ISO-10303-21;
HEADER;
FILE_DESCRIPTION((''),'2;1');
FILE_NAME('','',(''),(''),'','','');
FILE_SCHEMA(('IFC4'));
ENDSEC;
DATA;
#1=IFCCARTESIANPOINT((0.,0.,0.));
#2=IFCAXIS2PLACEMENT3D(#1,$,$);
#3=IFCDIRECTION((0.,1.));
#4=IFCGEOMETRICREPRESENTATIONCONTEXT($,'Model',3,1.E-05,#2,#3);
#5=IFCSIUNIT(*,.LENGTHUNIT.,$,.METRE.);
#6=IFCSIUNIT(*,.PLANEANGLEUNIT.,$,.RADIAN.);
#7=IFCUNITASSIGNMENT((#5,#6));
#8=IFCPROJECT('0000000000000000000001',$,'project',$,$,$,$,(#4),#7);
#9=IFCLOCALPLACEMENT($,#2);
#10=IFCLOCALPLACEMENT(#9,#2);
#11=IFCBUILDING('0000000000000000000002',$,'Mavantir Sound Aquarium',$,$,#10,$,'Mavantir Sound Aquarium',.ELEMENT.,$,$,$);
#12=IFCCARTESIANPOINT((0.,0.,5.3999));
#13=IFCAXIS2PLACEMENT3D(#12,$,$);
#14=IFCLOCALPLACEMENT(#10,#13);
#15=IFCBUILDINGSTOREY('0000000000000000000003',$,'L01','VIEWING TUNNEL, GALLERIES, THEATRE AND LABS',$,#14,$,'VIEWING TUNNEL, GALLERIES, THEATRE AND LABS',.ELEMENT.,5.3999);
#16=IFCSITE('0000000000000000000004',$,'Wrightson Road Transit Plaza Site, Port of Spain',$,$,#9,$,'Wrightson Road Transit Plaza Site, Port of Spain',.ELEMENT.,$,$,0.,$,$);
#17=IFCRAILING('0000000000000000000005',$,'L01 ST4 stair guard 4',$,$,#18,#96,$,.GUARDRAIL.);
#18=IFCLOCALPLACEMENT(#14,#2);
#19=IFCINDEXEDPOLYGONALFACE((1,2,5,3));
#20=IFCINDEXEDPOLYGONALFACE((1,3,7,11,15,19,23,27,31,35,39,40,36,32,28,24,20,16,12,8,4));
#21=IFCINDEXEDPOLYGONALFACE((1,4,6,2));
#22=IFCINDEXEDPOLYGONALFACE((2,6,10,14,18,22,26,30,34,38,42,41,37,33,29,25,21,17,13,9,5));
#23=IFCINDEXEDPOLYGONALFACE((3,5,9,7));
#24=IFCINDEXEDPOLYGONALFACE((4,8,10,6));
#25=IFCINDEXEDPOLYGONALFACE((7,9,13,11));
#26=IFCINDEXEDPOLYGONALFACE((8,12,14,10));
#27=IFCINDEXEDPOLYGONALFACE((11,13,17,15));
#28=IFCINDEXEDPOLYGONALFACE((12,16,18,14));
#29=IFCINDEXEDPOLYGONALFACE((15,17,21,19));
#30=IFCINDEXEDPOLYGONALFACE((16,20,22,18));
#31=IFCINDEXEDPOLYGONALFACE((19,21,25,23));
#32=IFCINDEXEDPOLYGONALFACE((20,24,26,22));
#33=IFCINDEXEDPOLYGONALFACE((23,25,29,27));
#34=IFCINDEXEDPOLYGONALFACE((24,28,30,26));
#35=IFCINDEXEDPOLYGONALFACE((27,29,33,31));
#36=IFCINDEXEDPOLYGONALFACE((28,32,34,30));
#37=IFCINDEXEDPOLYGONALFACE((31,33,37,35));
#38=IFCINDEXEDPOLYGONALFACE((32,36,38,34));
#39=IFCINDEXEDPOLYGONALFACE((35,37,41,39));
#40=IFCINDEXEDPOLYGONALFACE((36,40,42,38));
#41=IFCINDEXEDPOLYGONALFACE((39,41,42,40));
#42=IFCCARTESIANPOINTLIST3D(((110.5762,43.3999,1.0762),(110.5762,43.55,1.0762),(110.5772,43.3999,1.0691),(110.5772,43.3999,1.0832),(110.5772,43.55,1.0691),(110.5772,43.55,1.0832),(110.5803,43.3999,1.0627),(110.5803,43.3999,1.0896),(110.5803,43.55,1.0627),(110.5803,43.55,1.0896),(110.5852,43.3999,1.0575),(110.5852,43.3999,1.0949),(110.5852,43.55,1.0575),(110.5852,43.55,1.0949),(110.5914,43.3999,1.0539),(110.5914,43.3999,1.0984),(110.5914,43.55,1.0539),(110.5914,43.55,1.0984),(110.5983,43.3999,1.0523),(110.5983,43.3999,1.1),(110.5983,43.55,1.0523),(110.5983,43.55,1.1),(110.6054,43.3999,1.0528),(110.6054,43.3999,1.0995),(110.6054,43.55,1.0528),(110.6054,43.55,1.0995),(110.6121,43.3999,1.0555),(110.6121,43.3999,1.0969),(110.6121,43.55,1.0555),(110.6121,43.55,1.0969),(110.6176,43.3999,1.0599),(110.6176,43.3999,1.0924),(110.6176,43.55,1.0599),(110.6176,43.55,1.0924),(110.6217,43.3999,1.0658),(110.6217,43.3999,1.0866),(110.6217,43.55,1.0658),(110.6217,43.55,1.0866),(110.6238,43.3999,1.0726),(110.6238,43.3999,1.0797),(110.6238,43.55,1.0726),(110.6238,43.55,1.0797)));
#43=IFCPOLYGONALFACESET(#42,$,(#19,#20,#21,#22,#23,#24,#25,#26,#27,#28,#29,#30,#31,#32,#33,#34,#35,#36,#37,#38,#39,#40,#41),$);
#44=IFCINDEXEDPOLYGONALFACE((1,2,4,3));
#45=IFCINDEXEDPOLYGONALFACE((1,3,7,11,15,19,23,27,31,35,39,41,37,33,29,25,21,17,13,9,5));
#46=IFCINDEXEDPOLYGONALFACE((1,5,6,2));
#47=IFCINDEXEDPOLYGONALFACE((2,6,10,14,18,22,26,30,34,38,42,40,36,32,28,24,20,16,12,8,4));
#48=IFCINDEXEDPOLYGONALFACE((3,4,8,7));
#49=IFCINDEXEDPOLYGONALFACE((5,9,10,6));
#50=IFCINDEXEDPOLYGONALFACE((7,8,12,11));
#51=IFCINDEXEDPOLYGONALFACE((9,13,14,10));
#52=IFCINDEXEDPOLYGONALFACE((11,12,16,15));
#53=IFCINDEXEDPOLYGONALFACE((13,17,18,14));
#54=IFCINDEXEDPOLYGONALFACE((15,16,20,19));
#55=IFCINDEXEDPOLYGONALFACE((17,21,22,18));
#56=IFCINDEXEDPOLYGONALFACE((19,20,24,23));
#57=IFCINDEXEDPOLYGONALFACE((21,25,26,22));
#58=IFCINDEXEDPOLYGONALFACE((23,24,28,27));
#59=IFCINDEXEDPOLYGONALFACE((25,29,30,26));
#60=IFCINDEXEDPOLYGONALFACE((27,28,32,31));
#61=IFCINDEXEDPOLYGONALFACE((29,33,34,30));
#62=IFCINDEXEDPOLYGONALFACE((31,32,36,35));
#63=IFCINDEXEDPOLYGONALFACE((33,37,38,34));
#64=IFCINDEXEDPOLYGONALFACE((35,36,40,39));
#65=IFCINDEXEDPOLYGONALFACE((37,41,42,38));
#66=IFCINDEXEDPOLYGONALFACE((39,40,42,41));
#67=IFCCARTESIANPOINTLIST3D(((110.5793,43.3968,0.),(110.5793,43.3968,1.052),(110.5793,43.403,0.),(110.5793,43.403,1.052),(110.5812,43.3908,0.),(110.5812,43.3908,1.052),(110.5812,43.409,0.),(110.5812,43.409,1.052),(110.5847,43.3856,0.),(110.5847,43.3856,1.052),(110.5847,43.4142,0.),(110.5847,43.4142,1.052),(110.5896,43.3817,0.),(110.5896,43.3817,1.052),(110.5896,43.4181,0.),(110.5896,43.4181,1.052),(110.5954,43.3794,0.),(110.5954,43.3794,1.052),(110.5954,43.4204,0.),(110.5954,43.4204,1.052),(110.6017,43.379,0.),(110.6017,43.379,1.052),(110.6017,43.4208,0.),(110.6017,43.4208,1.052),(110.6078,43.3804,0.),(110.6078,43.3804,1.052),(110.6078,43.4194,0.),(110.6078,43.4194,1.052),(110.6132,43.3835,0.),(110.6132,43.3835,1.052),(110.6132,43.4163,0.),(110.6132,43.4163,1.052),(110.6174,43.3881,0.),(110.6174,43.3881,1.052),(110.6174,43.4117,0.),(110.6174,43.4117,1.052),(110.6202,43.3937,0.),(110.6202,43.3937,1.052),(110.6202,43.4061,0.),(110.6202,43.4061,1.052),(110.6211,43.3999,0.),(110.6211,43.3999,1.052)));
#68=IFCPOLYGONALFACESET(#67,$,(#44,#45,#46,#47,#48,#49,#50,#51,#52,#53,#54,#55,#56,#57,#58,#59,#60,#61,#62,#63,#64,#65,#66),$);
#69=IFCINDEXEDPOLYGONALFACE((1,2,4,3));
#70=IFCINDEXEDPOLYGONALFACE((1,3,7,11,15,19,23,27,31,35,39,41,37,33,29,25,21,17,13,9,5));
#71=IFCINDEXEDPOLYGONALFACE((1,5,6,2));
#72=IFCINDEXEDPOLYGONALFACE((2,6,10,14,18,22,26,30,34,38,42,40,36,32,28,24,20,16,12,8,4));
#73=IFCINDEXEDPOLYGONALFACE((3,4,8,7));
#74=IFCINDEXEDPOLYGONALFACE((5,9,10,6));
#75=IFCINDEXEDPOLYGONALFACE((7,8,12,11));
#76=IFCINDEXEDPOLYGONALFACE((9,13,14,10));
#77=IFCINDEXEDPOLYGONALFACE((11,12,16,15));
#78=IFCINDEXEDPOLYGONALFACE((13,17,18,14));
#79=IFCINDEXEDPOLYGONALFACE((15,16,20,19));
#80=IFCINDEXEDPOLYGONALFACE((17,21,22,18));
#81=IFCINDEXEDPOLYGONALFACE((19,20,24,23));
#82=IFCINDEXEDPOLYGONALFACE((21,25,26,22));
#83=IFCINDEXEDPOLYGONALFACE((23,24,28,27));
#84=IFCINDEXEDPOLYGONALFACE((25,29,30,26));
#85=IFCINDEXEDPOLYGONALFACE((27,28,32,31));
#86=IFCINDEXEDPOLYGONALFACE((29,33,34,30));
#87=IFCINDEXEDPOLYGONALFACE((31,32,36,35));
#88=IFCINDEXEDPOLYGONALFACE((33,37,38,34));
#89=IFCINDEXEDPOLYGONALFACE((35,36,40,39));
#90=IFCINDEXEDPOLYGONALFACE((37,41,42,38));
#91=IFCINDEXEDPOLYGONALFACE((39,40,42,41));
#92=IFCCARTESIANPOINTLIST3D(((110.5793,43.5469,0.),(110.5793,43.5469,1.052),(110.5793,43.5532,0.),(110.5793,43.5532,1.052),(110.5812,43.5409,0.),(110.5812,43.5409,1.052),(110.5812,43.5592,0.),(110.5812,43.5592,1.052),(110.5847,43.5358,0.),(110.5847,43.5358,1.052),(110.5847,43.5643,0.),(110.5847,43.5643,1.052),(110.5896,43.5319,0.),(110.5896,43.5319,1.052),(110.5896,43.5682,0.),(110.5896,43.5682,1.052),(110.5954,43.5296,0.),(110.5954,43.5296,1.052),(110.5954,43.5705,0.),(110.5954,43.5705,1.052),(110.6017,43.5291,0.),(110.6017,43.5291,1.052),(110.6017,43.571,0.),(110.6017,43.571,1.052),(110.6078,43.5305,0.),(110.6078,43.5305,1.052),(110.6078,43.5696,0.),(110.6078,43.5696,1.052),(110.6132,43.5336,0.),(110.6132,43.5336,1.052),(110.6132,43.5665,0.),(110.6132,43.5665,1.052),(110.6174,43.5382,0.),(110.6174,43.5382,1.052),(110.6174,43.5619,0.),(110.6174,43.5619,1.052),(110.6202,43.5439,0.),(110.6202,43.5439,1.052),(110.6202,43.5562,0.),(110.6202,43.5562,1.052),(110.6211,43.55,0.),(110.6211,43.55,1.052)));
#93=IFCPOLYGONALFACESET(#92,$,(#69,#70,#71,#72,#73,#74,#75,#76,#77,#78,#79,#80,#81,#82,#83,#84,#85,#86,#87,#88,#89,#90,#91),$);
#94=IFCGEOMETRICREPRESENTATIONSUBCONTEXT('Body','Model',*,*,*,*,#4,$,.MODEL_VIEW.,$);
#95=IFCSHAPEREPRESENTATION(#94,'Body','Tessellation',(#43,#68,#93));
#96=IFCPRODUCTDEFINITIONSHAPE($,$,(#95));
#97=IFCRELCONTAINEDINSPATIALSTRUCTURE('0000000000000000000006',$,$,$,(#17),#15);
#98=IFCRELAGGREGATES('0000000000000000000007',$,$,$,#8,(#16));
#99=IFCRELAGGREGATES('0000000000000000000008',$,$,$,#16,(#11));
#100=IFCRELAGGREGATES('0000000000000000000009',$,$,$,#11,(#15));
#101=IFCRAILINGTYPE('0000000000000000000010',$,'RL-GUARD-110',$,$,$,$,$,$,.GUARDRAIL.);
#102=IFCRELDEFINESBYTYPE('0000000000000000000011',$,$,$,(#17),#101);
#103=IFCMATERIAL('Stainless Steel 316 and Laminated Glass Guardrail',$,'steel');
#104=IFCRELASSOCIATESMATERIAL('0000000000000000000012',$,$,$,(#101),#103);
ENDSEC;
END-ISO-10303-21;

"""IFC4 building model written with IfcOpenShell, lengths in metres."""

from ifc_helpers import new_model, si_unit, direction, frame, origin, origin_2d, place, context, subcontext, project, spatial, circle, extrude, material, type_object, element, save


model = new_model("IFC4")

# Units and contexts
model_context = context("Model", 3, precision=1e-05, world=origin(), true_north=direction((0.0, 1.0)))
body_context = subcontext(model_context, "Body", "Model", "MODEL_VIEW")
ifc_project = project(units=[si_unit("LENGTHUNIT", "METRE"), si_unit("PLANEANGLEUNIT", "RADIAN")], contexts=[model_context])

# Site, building, storey
site_placement = place(None, origin())
site = spatial("IfcSite", under=ifc_project, at=site_placement, Name="Wrightson Road Transit Plaza Site, Port of Spain", LongName="Wrightson Road Transit Plaza Site, Port of Spain", CompositionType="ELEMENT", RefElevation=0.0)
building_placement = place(site_placement, origin())
building = spatial("IfcBuilding", under=site, at=building_placement, Name="Mavantir Sound Aquarium", LongName="Mavantir Sound Aquarium", CompositionType="ELEMENT")
storey_placement = place(building_placement, frame((0.0, 0.0, 5.3999)))
storey = spatial("IfcBuildingStorey", under=building, at=storey_placement, Name="L01", Description="VIEWING TUNNEL, GALLERIES, THEATRE AND LABS", LongName="VIEWING TUNNEL, GALLERIES, THEATRE AND LABS", CompositionType="ELEMENT", Elevation=5.3999)

# Railing
ifc_material_1 = material(Name="Stainless Steel 316 and Laminated Glass Guardrail", Category="steel")
railing_type_1 = type_object("IfcRailingType", Name="RL-GUARD-110", PredefinedType="GUARDRAIL", material=ifc_material_1)
railing_1_placement = place(storey_placement, frame((110.6001, 43.3999, 0.0)))
element("IfcRailing", 1, at=railing_1_placement, inside=storey, type_object=railing_type_1, Name="L01 ST4 stair guard 4", PredefinedType="GUARDRAIL", context=body_context, shape_type="SweptSolid", body=[
    extrude(circle(Radius=0.0239, at=origin_2d()), frame((0.0, 0.0, 1.0762), z_axis=(0.0, 1.0, 0.0), x_axis=(-1.0, 0.0, 0.0)), (0.0, 0.0, 1.0), 0.1501),
    extrude(circle(Radius=0.021, at=origin_2d()), origin(), (0.0, 0.0, 1.0), 1.052),
    extrude(circle(Radius=0.021, at=origin_2d()), frame((0.0, 0.1501, 0.0)), (0.0, 0.0, 1.0), 1.052),
])

save(model, "model.ifc")
